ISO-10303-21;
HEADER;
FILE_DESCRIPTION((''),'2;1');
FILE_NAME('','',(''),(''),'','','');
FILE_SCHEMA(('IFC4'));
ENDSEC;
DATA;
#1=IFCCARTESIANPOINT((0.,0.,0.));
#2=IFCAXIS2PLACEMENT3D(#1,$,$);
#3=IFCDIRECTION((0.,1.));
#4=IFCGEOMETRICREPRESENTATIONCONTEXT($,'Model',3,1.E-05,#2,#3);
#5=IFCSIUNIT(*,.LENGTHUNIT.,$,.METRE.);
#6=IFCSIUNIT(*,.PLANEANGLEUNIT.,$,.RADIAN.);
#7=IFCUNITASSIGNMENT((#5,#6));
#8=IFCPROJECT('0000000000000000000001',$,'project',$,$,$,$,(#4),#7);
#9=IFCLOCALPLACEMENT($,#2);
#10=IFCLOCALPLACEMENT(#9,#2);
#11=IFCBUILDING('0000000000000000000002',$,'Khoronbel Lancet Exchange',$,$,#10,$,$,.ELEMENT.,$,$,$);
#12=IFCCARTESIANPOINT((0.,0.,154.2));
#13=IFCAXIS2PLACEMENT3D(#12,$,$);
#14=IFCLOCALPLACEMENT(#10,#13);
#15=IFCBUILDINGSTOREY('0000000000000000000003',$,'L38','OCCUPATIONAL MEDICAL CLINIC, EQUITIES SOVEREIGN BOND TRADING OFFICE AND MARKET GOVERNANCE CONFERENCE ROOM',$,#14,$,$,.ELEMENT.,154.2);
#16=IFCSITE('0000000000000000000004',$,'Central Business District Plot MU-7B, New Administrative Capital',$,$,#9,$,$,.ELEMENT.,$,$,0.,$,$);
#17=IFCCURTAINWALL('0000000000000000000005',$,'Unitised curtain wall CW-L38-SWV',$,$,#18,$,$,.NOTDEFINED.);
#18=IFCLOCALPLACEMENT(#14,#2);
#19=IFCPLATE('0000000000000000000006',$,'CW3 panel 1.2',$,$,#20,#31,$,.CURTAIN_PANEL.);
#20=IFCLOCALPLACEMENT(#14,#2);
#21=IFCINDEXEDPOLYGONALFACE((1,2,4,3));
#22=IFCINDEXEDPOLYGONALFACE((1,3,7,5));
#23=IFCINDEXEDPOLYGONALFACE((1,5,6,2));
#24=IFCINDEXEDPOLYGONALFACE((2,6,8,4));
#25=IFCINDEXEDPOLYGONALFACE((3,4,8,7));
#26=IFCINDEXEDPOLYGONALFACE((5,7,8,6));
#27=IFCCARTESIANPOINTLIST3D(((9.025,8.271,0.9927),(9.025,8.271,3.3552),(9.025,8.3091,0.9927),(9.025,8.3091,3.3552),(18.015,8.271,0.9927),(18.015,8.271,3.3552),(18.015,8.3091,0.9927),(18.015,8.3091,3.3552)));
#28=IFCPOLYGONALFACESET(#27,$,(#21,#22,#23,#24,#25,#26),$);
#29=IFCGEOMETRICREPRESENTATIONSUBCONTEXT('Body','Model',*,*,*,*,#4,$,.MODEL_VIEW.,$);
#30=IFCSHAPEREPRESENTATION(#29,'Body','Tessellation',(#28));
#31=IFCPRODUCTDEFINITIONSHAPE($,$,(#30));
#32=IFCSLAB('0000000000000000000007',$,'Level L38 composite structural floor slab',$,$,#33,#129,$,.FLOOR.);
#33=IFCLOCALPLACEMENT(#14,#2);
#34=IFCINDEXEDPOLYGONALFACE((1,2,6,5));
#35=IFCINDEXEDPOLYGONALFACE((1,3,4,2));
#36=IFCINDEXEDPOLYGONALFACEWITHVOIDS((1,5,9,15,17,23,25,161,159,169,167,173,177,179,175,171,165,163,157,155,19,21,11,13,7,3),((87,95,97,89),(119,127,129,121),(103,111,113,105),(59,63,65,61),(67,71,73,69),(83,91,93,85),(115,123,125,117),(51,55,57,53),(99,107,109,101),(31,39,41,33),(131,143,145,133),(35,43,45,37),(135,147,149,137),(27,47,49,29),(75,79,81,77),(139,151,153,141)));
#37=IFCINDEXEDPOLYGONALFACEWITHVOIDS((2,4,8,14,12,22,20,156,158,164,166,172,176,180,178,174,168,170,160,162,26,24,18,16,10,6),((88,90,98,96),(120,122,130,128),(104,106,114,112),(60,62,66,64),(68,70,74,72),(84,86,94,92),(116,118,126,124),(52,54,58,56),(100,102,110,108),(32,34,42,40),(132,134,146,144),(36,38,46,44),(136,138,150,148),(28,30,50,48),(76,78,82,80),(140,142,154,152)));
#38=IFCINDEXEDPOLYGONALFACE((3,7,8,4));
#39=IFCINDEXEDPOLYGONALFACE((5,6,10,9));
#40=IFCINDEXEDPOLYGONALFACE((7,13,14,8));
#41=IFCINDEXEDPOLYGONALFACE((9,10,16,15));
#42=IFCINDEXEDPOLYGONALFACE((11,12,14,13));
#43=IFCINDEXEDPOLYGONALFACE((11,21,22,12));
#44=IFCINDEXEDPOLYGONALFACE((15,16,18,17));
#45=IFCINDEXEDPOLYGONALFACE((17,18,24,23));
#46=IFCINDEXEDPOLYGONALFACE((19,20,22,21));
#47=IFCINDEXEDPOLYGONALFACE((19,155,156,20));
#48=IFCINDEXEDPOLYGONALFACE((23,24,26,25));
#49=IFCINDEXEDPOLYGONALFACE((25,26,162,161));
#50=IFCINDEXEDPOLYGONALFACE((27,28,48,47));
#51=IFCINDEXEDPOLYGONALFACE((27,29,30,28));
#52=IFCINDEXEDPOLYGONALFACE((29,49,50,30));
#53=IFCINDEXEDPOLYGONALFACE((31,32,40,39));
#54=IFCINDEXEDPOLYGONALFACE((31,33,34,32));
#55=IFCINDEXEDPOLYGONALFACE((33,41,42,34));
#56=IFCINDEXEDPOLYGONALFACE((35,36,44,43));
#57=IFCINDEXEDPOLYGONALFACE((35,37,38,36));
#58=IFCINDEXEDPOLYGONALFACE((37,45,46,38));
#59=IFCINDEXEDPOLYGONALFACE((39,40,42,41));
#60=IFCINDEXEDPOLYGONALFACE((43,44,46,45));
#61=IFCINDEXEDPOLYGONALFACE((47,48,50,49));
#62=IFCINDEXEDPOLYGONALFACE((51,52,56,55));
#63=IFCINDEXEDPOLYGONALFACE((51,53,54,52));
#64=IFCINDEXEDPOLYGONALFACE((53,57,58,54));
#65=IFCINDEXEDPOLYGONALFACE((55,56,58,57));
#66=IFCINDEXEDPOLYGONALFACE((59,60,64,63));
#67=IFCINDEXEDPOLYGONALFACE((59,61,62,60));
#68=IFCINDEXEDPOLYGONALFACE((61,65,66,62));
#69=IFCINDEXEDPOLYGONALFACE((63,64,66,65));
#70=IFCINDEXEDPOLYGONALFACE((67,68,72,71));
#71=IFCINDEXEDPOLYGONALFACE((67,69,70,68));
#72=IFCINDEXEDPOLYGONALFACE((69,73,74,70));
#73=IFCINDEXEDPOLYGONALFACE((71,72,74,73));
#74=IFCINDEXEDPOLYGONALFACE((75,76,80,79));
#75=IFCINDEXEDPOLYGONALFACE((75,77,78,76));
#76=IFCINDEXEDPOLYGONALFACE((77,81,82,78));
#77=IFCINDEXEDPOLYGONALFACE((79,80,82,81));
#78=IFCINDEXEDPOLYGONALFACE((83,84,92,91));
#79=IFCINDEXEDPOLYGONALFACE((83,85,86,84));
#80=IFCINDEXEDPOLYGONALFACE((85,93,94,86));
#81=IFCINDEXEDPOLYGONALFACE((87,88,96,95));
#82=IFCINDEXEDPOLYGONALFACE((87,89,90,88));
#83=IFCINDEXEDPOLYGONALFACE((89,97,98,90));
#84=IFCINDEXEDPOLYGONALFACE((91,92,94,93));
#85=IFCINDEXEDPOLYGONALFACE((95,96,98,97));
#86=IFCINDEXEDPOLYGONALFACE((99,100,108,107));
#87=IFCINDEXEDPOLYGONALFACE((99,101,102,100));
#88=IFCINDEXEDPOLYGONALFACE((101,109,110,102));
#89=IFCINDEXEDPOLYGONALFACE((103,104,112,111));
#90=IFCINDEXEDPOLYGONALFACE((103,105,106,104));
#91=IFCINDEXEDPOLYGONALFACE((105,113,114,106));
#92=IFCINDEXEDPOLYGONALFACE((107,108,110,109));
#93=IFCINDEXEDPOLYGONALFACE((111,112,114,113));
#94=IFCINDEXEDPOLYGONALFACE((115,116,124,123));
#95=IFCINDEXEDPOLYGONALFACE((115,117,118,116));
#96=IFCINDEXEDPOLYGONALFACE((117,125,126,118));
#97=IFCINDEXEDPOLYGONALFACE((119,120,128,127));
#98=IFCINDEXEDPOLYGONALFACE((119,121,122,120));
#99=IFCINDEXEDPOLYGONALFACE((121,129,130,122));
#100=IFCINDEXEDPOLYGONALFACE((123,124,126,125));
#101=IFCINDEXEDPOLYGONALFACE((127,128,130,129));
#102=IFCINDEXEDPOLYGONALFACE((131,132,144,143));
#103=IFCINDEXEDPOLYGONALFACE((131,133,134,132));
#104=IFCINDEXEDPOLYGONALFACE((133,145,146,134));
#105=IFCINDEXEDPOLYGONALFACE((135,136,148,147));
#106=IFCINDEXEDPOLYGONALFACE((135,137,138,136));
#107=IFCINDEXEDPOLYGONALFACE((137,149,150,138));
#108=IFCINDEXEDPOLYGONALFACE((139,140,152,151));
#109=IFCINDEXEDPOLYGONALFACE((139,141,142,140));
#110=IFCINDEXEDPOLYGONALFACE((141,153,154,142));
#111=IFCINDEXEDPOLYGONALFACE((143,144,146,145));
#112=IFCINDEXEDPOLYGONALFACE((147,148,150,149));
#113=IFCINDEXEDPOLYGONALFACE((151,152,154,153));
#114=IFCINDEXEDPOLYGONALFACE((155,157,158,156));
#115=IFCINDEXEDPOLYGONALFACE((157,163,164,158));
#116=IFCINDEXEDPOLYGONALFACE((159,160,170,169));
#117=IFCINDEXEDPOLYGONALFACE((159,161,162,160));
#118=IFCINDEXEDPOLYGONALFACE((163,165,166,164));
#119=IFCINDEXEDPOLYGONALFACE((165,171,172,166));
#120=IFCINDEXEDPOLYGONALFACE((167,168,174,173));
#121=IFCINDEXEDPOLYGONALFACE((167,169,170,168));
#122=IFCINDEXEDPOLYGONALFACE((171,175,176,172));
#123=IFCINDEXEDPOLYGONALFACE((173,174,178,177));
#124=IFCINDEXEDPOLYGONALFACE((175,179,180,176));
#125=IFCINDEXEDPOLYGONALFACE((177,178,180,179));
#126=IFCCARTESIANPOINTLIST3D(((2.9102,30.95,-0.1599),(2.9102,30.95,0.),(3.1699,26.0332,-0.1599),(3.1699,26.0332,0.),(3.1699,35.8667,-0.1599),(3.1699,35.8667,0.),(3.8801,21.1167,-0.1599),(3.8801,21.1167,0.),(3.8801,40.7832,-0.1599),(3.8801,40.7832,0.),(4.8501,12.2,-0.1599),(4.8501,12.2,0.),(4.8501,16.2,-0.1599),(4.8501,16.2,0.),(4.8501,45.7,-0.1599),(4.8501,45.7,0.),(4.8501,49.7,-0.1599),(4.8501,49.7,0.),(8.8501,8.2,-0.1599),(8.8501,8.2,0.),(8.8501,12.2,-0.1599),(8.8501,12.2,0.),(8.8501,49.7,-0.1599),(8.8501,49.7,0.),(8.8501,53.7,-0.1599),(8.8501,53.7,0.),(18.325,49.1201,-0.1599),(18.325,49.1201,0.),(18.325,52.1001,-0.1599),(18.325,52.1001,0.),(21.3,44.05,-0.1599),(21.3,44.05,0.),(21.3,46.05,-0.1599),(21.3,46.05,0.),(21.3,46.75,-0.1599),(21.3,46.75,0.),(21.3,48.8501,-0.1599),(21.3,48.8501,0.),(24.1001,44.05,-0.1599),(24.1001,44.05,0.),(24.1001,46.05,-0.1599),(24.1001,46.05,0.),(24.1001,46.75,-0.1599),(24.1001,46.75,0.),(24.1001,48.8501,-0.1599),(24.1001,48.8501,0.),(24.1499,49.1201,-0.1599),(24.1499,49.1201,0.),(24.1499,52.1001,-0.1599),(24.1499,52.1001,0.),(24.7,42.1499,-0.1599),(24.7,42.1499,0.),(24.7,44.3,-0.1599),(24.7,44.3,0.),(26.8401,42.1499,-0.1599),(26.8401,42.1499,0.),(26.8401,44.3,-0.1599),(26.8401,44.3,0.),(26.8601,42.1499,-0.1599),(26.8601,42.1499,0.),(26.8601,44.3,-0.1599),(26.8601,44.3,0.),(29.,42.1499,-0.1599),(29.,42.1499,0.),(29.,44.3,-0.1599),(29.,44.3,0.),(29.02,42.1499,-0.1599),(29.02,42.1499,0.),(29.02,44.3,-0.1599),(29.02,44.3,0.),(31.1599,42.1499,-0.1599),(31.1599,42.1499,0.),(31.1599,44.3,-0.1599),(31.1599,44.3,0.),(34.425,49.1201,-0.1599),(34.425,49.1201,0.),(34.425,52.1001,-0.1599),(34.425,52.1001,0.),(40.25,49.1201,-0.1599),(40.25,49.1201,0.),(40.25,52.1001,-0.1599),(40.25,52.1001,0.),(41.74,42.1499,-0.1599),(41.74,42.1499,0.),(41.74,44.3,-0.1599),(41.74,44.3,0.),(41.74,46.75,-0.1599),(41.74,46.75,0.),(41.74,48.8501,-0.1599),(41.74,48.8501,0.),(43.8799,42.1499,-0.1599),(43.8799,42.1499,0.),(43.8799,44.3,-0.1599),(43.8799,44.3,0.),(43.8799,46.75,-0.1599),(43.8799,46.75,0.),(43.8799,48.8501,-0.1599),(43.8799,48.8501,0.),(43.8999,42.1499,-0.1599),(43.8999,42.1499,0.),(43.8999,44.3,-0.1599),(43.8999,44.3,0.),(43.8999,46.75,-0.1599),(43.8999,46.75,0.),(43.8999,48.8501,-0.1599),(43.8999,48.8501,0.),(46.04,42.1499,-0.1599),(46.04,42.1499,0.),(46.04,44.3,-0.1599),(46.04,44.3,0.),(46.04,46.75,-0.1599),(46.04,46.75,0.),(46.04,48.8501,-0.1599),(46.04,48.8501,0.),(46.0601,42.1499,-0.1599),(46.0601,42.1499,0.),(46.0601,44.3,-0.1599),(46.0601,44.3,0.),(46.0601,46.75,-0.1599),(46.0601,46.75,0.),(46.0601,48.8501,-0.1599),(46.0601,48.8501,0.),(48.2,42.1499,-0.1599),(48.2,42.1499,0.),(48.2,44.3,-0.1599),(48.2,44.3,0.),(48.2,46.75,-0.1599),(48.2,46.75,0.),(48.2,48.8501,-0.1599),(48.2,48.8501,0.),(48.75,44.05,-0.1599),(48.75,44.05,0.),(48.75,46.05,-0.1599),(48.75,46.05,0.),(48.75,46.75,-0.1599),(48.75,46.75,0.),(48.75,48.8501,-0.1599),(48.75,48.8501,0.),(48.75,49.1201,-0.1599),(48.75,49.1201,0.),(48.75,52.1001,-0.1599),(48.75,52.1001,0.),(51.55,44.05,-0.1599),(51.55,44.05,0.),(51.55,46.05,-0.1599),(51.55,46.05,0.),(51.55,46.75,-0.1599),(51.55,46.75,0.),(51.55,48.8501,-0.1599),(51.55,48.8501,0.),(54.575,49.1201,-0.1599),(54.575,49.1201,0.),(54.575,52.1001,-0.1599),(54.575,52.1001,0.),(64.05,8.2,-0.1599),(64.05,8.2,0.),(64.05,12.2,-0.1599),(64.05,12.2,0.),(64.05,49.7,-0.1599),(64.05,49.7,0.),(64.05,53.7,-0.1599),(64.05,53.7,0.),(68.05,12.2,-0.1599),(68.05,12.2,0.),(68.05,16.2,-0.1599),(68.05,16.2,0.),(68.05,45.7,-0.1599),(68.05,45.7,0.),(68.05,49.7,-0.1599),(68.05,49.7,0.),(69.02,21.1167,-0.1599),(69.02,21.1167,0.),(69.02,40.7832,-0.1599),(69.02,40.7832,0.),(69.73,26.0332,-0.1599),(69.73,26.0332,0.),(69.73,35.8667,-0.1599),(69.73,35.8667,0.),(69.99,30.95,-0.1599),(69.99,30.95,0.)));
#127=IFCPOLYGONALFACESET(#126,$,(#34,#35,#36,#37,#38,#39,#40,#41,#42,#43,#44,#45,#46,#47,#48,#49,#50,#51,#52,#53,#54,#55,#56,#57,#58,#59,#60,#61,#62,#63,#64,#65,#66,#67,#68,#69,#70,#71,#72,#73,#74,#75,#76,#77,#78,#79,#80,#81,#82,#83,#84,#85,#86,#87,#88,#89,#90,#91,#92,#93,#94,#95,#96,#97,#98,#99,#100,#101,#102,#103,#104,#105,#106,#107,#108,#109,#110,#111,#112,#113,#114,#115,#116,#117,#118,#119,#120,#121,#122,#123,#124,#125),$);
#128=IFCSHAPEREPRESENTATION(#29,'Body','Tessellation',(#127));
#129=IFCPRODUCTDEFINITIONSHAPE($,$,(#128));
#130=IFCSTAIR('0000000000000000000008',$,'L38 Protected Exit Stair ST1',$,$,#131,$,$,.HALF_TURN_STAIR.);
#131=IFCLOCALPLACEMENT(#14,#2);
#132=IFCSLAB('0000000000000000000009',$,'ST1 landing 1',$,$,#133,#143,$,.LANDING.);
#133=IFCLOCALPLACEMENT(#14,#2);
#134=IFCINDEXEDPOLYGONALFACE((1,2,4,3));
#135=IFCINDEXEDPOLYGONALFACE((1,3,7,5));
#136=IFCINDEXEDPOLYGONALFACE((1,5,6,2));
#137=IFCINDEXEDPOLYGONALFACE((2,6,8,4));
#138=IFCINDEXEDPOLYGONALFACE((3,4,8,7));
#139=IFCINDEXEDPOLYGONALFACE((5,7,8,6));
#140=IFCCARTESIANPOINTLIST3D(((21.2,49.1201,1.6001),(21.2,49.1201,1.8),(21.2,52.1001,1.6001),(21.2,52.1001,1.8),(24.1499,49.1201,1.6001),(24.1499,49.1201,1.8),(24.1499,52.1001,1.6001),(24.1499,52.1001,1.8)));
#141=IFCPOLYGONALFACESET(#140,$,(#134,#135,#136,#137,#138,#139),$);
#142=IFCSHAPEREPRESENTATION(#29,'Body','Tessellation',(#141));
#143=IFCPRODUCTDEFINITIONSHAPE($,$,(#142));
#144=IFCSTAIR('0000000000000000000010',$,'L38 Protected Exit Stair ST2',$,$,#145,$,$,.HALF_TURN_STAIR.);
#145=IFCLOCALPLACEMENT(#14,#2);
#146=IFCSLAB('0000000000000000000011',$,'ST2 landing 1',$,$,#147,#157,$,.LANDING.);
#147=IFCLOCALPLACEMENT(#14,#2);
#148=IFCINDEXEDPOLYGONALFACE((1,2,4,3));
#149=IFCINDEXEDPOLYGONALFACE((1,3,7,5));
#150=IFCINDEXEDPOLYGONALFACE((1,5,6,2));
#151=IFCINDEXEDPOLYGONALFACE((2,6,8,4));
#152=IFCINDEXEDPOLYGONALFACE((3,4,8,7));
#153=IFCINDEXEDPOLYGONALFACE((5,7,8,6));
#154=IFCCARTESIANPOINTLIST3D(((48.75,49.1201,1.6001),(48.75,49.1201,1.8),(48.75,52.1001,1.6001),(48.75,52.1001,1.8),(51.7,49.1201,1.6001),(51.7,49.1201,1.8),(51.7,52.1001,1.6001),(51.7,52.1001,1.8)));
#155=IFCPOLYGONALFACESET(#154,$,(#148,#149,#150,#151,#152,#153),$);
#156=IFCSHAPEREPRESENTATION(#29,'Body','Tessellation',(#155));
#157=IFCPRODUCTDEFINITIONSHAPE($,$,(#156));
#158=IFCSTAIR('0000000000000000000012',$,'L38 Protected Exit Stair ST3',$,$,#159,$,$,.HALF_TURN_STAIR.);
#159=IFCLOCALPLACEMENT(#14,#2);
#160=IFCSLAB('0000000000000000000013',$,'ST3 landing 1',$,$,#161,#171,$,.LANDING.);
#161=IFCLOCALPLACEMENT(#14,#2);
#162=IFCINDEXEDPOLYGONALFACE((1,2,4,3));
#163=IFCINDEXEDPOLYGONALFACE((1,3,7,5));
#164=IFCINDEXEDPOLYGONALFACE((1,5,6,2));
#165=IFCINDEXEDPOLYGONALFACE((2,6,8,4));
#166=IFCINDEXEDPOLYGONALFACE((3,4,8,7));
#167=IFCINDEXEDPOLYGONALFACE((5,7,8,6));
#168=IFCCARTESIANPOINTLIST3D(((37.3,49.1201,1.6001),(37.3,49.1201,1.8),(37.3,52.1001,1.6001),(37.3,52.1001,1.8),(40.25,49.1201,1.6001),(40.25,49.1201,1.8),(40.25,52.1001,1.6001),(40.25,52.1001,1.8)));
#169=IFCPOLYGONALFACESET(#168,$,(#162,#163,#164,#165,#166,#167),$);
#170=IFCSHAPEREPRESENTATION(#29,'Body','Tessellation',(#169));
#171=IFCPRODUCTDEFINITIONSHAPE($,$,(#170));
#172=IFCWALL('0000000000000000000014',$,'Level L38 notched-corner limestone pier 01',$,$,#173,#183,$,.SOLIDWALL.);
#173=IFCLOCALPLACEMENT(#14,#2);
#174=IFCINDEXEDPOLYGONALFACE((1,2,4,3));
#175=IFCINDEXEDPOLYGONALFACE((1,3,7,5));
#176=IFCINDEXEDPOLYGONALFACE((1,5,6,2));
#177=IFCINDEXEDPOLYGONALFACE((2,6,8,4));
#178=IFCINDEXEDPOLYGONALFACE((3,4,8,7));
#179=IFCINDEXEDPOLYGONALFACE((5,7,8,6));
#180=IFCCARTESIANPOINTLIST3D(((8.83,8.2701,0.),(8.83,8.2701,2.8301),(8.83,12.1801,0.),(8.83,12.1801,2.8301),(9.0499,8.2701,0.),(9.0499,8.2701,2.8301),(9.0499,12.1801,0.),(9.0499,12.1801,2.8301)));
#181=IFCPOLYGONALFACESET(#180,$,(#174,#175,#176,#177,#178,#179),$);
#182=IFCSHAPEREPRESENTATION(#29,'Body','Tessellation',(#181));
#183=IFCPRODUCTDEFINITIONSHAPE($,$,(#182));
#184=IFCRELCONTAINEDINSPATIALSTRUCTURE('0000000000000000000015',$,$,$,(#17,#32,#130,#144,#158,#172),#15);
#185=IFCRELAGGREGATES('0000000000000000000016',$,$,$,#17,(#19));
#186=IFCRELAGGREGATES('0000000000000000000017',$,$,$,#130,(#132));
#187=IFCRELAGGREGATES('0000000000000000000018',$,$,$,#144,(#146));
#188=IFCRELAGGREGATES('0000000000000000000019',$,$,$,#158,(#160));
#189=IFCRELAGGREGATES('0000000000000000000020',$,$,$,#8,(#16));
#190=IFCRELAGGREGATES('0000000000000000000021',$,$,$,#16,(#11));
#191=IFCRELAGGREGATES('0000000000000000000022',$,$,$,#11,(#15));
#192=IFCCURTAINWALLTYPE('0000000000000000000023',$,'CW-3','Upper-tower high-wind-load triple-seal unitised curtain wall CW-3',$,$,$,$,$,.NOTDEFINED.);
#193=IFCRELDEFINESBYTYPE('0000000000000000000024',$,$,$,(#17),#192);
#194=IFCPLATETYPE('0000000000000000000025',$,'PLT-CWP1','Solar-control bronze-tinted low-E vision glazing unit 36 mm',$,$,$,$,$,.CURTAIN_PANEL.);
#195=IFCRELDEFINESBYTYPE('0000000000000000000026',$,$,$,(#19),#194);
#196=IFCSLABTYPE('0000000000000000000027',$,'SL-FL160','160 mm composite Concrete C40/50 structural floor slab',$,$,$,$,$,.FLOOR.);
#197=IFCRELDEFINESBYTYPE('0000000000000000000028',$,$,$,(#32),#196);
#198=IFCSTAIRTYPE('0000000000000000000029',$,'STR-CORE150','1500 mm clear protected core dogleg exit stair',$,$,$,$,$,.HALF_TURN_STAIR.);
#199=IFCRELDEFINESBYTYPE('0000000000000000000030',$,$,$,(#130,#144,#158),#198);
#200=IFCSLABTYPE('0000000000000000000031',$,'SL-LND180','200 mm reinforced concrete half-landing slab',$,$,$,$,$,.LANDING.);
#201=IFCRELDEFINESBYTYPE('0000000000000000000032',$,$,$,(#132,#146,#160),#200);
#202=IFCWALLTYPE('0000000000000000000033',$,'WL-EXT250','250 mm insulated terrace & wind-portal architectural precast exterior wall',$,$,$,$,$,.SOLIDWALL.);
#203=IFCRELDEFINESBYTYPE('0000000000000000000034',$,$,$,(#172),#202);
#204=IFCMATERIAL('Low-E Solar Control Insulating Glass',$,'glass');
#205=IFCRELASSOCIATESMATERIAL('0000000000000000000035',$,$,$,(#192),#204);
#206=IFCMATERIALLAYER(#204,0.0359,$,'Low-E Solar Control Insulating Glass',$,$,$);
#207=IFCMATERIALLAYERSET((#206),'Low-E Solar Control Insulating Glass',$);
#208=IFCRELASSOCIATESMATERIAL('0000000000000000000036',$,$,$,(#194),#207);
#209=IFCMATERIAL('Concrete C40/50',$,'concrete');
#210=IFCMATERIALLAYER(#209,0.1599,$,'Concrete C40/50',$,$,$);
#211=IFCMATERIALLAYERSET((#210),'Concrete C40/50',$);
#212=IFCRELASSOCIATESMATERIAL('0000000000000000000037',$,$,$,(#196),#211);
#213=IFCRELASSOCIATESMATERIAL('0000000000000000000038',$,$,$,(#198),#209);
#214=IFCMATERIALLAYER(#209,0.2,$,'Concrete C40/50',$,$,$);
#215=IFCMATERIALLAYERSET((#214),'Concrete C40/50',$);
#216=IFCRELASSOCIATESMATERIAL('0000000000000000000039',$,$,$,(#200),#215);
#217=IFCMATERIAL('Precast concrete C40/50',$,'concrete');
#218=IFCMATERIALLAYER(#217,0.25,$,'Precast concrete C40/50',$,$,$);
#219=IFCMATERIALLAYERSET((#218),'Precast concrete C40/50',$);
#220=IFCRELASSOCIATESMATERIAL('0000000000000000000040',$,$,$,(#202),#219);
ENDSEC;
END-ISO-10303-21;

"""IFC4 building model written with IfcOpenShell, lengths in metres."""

from ifc_helpers import new_model, si_unit, direction, frame, frame_2d, origin, origin_2d, place, context, subcontext, project, spatial, polyline, rectangle, outline, extrude, material, layer, layer_set, type_object, element, aggregate, save


model = new_model("IFC4")

# Units and contexts
model_context = context("Model", 3, precision=1e-05, world=origin(), true_north=direction((0.0, 1.0)))
body_context = subcontext(model_context, "Body", "Model", "MODEL_VIEW")
ifc_project = project(units=[si_unit("LENGTHUNIT", "METRE"), si_unit("PLANEANGLEUNIT", "RADIAN")], contexts=[model_context])

# Site, building, storey
site_placement = place(None, origin())
site = spatial("IfcSite", under=ifc_project, at=site_placement, Name="Central Business District Plot MU-7B, New Administrative Capital", CompositionType="ELEMENT", RefElevation=0.0)
building_placement = place(site_placement, origin())
building = spatial("IfcBuilding", under=site, at=building_placement, Name="Khoronbel Lancet Exchange", CompositionType="ELEMENT")
storey_placement = place(building_placement, frame((0.0, 0.0, 154.2)))
storey = spatial("IfcBuildingStorey", under=building, at=storey_placement, Name="L38", Description="OCCUPATIONAL MEDICAL CLINIC, EQUITIES SOVEREIGN BOND TRADING OFFICE AND MARKET GOVERNANCE CONFERENCE ROOM", CompositionType="ELEMENT", Elevation=154.2)

# Curtain wall
ifc_material_1 = material(Name="Low-E Solar Control Insulating Glass", Category="glass")
curtain_wall_type = type_object("IfcCurtainWallType", Name="CW-3", Description="Upper-tower high-wind-load triple-seal unitised curtain wall CW-3", PredefinedType="NOTDEFINED", material=ifc_material_1)
curtain_wall_1_placement = place(storey_placement, origin())
curtain_wall_1 = element("IfcCurtainWall", 1, at=curtain_wall_1_placement, inside=storey, type_object=curtain_wall_type, Name="Unitised curtain wall CW-L38-SWV", PredefinedType="NOTDEFINED")

# Plate
ifc_layer_1 = layer(ifc_material_1, 0.0359, Name="Low-E Solar Control Insulating Glass")
ifc_layer_set_1 = layer_set([ifc_layer_1], Name="Low-E Solar Control Insulating Glass")
plate_type = type_object("IfcPlateType", Name="PLT-CWP1", Description="Solar-control bronze-tinted low-E vision glazing unit 36 mm", PredefinedType="CURTAIN_PANEL", material=ifc_layer_set_1)
plate_1_placement = place(storey_placement, frame((13.52, 8.29, 0.9927), z_axis=(0.0, 0.0, 1.0), x_axis=(1.0, 0.0, 0.0)))
plate_1 = element("IfcPlate", 2, at=plate_1_placement, type_object=plate_type, Name="CW3 panel 1.2", PredefinedType="CURTAIN_PANEL", context=body_context, shape_type="SweptSolid", body=[
    extrude(rectangle(XDim=8.99, YDim=0.0381, at=origin_2d()), origin(), (0.0, 0.0, 1.0), 2.3625),
])
aggregate(curtain_wall_1, [plate_1])

# Slab
ifc_material_2 = material(Name="Concrete C40/50", Category="concrete")
ifc_layer_2 = layer(ifc_material_2, 0.1599, Name="Concrete C40/50")
ifc_layer_set_2 = layer_set([ifc_layer_2], Name="Concrete C40/50")
slab_type_1 = type_object("IfcSlabType", Name="SL-FL160", Description="160 mm composite Concrete C40/50 structural floor slab", PredefinedType="FLOOR", material=ifc_layer_set_2)
slab_1_placement = place(storey_placement, frame((0.0, 0.0, -0.1599)))
element("IfcSlab", 3, at=slab_1_placement, inside=storey, type_object=slab_type_1, Name="Level L38 composite structural floor slab", PredefinedType="FLOOR", context=body_context, shape_type="SweptSolid", body=[
    extrude(outline(polyline([(8.8501, 8.2), (64.05, 8.2), (64.05, 12.2), (68.05, 12.2), (68.05, 16.2), (69.02, 21.1167), (69.73, 26.0332), (69.99, 30.95), (69.73, 35.8667), (69.02, 40.7832), (68.05, 45.7), (68.05, 49.7), (64.05, 49.7), (64.05, 53.7), (8.8501, 53.7), (8.8501, 49.7), (4.8501, 49.7), (4.8501, 45.7), (3.8801, 40.7832), (3.1699, 35.8667), (2.9102, 30.95), (3.1699, 26.0332), (3.8801, 21.1167), (4.8501, 16.2), (4.8501, 12.2), (8.8501, 12.2), (8.8501, 8.2)]), holes=[polyline([(18.325, 49.1201), (24.1499, 49.1201), (24.1499, 52.1001), (18.325, 52.1001), (18.325, 49.1201)]), polyline([(48.75, 49.1201), (54.575, 49.1201), (54.575, 52.1001), (48.75, 52.1001), (48.75, 49.1201)]), polyline([(34.425, 49.1201), (40.25, 49.1201), (40.25, 52.1001), (34.425, 52.1001), (34.425, 49.1201)]), polyline([(24.7, 42.1499), (26.8401, 42.1499), (26.8401, 44.3), (24.7, 44.3), (24.7, 42.1499)]), polyline([(26.8601, 42.1499), (29.0, 42.1499), (29.0, 44.3), (26.8601, 44.3), (26.8601, 42.1499)]), polyline([(29.02, 42.1499), (31.1599, 42.1499), (31.1599, 44.3), (29.02, 44.3), (29.02, 42.1499)]), polyline([(41.74, 46.75), (43.8799, 46.75), (43.8799, 48.8501), (41.74, 48.8501), (41.74, 46.75)]), polyline([(43.8999, 46.75), (46.04, 46.75), (46.04, 48.8501), (43.8999, 48.8501), (43.8999, 46.75)]), polyline([(46.0601, 46.75), (48.2, 46.75), (48.2, 48.8501), (46.0601, 48.8501), (46.0601, 46.75)]), polyline([(41.74, 42.1499), (43.8799, 42.1499), (43.8799, 44.3), (41.74, 44.3), (41.74, 42.1499)]), polyline([(43.8999, 42.1499), (46.04, 42.1499), (46.04, 44.3), (43.8999, 44.3), (43.8999, 42.1499)]), polyline([(46.0601, 42.1499), (48.2, 42.1499), (48.2, 44.3), (46.0601, 44.3), (46.0601, 42.1499)]), polyline([(21.3, 46.75), (24.1001, 46.75), (24.1001, 48.8501), (21.3, 48.8501), (21.3, 46.75)]), polyline([(48.75, 46.75), (51.55, 46.75), (51.55, 48.8501), (48.75, 48.8501), (48.75, 46.75)]), polyline([(21.3, 44.05), (24.1001, 44.05), (24.1001, 46.05), (21.3, 46.05), (21.3, 44.05)]), polyline([(48.75, 44.05), (51.55, 44.05), (51.55, 46.05), (48.75, 46.05), (48.75, 44.05)])]), origin(), (0.0, 0.0, 1.0), 0.1599),
])

# Stairs, slabs
stair_type = type_object("IfcStairType", Name="STR-CORE150", Description="1500 mm clear protected core dogleg exit stair", PredefinedType="HALF_TURN_STAIR", material=ifc_material_2)
stair_1_placement = place(storey_placement, origin())
stair_1 = element("IfcStair", 4, at=stair_1_placement, inside=storey, type_object=stair_type, Name="L38 Protected Exit Stair ST1", PredefinedType="HALF_TURN_STAIR")
ifc_layer_3 = layer(ifc_material_2, 0.2, Name="Concrete C40/50")
ifc_layer_set_3 = layer_set([ifc_layer_3], Name="Concrete C40/50")
slab_type_2 = type_object("IfcSlabType", Name="SL-LND180", Description="200 mm reinforced concrete half-landing slab", PredefinedType="LANDING", material=ifc_layer_set_3)
slab_2_placement = place(storey_placement, frame((0.0, 0.0, 1.6001)))
slab_2 = element("IfcSlab", 5, at=slab_2_placement, type_object=slab_type_2, Name="ST1 landing 1", PredefinedType="LANDING", context=body_context, shape_type="SweptSolid", body=[
    extrude(outline(polyline([(21.2, 49.1201), (24.1499, 49.1201), (24.1499, 52.1001), (21.2, 52.1001), (21.2, 49.1201)])), origin(), (0.0, 0.0, 1.0), 0.2),
])
aggregate(stair_1, [slab_2])
stair_2_placement = place(storey_placement, origin())
stair_2 = element("IfcStair", 6, at=stair_2_placement, inside=storey, type_object=stair_type, Name="L38 Protected Exit Stair ST2", PredefinedType="HALF_TURN_STAIR")
slab_3_placement = place(storey_placement, frame((0.0, 0.0, 1.6001)))
slab_3 = element("IfcSlab", 7, at=slab_3_placement, type_object=slab_type_2, Name="ST2 landing 1", PredefinedType="LANDING", context=body_context, shape_type="SweptSolid", body=[
    extrude(outline(polyline([(51.7, 52.1001), (48.75, 52.1001), (48.75, 49.1201), (51.7, 49.1201), (51.7, 52.1001)])), origin(), (0.0, 0.0, 1.0), 0.2),
])
aggregate(stair_2, [slab_3])
stair_3_placement = place(storey_placement, origin())
stair_3 = element("IfcStair", 8, at=stair_3_placement, inside=storey, type_object=stair_type, Name="L38 Protected Exit Stair ST3", PredefinedType="HALF_TURN_STAIR")
slab_4_placement = place(storey_placement, frame((0.0, 0.0, 1.6001)))
slab_4 = element("IfcSlab", 9, at=slab_4_placement, type_object=slab_type_2, Name="ST3 landing 1", PredefinedType="LANDING", context=body_context, shape_type="SweptSolid", body=[
    extrude(outline(polyline([(37.3, 49.1201), (40.25, 49.1201), (40.25, 52.1001), (37.3, 52.1001), (37.3, 49.1201)])), origin(), (0.0, 0.0, 1.0), 0.2),
])
aggregate(stair_3, [slab_4])

# Wall
ifc_material_3 = material(Name="Precast concrete C40/50", Category="concrete")
ifc_layer_4 = layer(ifc_material_3, 0.25, Name="Precast concrete C40/50")
ifc_layer_set_4 = layer_set([ifc_layer_4], Name="Precast concrete C40/50")
wall_type_1 = type_object("IfcWallType", Name="WL-EXT250", Description="250 mm insulated terrace & wind-portal architectural precast exterior wall", PredefinedType="SOLIDWALL", material=ifc_layer_set_4)
wall_1_placement = place(storey_placement, frame((8.9399, 8.27, 0.0), z_axis=(0.0, 0.0, 1.0), x_axis=(0.0, 1.0, 0.0)))
element("IfcWall", 10, at=wall_1_placement, inside=storey, type_object=wall_type_1, Name="Level L38 notched-corner limestone pier 01", PredefinedType="SOLIDWALL", context=body_context, shape_type="SweptSolid", body=[
    extrude(rectangle(XDim=3.9099, YDim=0.22, at=frame_2d((1.9551, 0.0))), origin(), (0.0, 0.0, 1.0), 2.8301),
])

save(model, "model.ifc")
